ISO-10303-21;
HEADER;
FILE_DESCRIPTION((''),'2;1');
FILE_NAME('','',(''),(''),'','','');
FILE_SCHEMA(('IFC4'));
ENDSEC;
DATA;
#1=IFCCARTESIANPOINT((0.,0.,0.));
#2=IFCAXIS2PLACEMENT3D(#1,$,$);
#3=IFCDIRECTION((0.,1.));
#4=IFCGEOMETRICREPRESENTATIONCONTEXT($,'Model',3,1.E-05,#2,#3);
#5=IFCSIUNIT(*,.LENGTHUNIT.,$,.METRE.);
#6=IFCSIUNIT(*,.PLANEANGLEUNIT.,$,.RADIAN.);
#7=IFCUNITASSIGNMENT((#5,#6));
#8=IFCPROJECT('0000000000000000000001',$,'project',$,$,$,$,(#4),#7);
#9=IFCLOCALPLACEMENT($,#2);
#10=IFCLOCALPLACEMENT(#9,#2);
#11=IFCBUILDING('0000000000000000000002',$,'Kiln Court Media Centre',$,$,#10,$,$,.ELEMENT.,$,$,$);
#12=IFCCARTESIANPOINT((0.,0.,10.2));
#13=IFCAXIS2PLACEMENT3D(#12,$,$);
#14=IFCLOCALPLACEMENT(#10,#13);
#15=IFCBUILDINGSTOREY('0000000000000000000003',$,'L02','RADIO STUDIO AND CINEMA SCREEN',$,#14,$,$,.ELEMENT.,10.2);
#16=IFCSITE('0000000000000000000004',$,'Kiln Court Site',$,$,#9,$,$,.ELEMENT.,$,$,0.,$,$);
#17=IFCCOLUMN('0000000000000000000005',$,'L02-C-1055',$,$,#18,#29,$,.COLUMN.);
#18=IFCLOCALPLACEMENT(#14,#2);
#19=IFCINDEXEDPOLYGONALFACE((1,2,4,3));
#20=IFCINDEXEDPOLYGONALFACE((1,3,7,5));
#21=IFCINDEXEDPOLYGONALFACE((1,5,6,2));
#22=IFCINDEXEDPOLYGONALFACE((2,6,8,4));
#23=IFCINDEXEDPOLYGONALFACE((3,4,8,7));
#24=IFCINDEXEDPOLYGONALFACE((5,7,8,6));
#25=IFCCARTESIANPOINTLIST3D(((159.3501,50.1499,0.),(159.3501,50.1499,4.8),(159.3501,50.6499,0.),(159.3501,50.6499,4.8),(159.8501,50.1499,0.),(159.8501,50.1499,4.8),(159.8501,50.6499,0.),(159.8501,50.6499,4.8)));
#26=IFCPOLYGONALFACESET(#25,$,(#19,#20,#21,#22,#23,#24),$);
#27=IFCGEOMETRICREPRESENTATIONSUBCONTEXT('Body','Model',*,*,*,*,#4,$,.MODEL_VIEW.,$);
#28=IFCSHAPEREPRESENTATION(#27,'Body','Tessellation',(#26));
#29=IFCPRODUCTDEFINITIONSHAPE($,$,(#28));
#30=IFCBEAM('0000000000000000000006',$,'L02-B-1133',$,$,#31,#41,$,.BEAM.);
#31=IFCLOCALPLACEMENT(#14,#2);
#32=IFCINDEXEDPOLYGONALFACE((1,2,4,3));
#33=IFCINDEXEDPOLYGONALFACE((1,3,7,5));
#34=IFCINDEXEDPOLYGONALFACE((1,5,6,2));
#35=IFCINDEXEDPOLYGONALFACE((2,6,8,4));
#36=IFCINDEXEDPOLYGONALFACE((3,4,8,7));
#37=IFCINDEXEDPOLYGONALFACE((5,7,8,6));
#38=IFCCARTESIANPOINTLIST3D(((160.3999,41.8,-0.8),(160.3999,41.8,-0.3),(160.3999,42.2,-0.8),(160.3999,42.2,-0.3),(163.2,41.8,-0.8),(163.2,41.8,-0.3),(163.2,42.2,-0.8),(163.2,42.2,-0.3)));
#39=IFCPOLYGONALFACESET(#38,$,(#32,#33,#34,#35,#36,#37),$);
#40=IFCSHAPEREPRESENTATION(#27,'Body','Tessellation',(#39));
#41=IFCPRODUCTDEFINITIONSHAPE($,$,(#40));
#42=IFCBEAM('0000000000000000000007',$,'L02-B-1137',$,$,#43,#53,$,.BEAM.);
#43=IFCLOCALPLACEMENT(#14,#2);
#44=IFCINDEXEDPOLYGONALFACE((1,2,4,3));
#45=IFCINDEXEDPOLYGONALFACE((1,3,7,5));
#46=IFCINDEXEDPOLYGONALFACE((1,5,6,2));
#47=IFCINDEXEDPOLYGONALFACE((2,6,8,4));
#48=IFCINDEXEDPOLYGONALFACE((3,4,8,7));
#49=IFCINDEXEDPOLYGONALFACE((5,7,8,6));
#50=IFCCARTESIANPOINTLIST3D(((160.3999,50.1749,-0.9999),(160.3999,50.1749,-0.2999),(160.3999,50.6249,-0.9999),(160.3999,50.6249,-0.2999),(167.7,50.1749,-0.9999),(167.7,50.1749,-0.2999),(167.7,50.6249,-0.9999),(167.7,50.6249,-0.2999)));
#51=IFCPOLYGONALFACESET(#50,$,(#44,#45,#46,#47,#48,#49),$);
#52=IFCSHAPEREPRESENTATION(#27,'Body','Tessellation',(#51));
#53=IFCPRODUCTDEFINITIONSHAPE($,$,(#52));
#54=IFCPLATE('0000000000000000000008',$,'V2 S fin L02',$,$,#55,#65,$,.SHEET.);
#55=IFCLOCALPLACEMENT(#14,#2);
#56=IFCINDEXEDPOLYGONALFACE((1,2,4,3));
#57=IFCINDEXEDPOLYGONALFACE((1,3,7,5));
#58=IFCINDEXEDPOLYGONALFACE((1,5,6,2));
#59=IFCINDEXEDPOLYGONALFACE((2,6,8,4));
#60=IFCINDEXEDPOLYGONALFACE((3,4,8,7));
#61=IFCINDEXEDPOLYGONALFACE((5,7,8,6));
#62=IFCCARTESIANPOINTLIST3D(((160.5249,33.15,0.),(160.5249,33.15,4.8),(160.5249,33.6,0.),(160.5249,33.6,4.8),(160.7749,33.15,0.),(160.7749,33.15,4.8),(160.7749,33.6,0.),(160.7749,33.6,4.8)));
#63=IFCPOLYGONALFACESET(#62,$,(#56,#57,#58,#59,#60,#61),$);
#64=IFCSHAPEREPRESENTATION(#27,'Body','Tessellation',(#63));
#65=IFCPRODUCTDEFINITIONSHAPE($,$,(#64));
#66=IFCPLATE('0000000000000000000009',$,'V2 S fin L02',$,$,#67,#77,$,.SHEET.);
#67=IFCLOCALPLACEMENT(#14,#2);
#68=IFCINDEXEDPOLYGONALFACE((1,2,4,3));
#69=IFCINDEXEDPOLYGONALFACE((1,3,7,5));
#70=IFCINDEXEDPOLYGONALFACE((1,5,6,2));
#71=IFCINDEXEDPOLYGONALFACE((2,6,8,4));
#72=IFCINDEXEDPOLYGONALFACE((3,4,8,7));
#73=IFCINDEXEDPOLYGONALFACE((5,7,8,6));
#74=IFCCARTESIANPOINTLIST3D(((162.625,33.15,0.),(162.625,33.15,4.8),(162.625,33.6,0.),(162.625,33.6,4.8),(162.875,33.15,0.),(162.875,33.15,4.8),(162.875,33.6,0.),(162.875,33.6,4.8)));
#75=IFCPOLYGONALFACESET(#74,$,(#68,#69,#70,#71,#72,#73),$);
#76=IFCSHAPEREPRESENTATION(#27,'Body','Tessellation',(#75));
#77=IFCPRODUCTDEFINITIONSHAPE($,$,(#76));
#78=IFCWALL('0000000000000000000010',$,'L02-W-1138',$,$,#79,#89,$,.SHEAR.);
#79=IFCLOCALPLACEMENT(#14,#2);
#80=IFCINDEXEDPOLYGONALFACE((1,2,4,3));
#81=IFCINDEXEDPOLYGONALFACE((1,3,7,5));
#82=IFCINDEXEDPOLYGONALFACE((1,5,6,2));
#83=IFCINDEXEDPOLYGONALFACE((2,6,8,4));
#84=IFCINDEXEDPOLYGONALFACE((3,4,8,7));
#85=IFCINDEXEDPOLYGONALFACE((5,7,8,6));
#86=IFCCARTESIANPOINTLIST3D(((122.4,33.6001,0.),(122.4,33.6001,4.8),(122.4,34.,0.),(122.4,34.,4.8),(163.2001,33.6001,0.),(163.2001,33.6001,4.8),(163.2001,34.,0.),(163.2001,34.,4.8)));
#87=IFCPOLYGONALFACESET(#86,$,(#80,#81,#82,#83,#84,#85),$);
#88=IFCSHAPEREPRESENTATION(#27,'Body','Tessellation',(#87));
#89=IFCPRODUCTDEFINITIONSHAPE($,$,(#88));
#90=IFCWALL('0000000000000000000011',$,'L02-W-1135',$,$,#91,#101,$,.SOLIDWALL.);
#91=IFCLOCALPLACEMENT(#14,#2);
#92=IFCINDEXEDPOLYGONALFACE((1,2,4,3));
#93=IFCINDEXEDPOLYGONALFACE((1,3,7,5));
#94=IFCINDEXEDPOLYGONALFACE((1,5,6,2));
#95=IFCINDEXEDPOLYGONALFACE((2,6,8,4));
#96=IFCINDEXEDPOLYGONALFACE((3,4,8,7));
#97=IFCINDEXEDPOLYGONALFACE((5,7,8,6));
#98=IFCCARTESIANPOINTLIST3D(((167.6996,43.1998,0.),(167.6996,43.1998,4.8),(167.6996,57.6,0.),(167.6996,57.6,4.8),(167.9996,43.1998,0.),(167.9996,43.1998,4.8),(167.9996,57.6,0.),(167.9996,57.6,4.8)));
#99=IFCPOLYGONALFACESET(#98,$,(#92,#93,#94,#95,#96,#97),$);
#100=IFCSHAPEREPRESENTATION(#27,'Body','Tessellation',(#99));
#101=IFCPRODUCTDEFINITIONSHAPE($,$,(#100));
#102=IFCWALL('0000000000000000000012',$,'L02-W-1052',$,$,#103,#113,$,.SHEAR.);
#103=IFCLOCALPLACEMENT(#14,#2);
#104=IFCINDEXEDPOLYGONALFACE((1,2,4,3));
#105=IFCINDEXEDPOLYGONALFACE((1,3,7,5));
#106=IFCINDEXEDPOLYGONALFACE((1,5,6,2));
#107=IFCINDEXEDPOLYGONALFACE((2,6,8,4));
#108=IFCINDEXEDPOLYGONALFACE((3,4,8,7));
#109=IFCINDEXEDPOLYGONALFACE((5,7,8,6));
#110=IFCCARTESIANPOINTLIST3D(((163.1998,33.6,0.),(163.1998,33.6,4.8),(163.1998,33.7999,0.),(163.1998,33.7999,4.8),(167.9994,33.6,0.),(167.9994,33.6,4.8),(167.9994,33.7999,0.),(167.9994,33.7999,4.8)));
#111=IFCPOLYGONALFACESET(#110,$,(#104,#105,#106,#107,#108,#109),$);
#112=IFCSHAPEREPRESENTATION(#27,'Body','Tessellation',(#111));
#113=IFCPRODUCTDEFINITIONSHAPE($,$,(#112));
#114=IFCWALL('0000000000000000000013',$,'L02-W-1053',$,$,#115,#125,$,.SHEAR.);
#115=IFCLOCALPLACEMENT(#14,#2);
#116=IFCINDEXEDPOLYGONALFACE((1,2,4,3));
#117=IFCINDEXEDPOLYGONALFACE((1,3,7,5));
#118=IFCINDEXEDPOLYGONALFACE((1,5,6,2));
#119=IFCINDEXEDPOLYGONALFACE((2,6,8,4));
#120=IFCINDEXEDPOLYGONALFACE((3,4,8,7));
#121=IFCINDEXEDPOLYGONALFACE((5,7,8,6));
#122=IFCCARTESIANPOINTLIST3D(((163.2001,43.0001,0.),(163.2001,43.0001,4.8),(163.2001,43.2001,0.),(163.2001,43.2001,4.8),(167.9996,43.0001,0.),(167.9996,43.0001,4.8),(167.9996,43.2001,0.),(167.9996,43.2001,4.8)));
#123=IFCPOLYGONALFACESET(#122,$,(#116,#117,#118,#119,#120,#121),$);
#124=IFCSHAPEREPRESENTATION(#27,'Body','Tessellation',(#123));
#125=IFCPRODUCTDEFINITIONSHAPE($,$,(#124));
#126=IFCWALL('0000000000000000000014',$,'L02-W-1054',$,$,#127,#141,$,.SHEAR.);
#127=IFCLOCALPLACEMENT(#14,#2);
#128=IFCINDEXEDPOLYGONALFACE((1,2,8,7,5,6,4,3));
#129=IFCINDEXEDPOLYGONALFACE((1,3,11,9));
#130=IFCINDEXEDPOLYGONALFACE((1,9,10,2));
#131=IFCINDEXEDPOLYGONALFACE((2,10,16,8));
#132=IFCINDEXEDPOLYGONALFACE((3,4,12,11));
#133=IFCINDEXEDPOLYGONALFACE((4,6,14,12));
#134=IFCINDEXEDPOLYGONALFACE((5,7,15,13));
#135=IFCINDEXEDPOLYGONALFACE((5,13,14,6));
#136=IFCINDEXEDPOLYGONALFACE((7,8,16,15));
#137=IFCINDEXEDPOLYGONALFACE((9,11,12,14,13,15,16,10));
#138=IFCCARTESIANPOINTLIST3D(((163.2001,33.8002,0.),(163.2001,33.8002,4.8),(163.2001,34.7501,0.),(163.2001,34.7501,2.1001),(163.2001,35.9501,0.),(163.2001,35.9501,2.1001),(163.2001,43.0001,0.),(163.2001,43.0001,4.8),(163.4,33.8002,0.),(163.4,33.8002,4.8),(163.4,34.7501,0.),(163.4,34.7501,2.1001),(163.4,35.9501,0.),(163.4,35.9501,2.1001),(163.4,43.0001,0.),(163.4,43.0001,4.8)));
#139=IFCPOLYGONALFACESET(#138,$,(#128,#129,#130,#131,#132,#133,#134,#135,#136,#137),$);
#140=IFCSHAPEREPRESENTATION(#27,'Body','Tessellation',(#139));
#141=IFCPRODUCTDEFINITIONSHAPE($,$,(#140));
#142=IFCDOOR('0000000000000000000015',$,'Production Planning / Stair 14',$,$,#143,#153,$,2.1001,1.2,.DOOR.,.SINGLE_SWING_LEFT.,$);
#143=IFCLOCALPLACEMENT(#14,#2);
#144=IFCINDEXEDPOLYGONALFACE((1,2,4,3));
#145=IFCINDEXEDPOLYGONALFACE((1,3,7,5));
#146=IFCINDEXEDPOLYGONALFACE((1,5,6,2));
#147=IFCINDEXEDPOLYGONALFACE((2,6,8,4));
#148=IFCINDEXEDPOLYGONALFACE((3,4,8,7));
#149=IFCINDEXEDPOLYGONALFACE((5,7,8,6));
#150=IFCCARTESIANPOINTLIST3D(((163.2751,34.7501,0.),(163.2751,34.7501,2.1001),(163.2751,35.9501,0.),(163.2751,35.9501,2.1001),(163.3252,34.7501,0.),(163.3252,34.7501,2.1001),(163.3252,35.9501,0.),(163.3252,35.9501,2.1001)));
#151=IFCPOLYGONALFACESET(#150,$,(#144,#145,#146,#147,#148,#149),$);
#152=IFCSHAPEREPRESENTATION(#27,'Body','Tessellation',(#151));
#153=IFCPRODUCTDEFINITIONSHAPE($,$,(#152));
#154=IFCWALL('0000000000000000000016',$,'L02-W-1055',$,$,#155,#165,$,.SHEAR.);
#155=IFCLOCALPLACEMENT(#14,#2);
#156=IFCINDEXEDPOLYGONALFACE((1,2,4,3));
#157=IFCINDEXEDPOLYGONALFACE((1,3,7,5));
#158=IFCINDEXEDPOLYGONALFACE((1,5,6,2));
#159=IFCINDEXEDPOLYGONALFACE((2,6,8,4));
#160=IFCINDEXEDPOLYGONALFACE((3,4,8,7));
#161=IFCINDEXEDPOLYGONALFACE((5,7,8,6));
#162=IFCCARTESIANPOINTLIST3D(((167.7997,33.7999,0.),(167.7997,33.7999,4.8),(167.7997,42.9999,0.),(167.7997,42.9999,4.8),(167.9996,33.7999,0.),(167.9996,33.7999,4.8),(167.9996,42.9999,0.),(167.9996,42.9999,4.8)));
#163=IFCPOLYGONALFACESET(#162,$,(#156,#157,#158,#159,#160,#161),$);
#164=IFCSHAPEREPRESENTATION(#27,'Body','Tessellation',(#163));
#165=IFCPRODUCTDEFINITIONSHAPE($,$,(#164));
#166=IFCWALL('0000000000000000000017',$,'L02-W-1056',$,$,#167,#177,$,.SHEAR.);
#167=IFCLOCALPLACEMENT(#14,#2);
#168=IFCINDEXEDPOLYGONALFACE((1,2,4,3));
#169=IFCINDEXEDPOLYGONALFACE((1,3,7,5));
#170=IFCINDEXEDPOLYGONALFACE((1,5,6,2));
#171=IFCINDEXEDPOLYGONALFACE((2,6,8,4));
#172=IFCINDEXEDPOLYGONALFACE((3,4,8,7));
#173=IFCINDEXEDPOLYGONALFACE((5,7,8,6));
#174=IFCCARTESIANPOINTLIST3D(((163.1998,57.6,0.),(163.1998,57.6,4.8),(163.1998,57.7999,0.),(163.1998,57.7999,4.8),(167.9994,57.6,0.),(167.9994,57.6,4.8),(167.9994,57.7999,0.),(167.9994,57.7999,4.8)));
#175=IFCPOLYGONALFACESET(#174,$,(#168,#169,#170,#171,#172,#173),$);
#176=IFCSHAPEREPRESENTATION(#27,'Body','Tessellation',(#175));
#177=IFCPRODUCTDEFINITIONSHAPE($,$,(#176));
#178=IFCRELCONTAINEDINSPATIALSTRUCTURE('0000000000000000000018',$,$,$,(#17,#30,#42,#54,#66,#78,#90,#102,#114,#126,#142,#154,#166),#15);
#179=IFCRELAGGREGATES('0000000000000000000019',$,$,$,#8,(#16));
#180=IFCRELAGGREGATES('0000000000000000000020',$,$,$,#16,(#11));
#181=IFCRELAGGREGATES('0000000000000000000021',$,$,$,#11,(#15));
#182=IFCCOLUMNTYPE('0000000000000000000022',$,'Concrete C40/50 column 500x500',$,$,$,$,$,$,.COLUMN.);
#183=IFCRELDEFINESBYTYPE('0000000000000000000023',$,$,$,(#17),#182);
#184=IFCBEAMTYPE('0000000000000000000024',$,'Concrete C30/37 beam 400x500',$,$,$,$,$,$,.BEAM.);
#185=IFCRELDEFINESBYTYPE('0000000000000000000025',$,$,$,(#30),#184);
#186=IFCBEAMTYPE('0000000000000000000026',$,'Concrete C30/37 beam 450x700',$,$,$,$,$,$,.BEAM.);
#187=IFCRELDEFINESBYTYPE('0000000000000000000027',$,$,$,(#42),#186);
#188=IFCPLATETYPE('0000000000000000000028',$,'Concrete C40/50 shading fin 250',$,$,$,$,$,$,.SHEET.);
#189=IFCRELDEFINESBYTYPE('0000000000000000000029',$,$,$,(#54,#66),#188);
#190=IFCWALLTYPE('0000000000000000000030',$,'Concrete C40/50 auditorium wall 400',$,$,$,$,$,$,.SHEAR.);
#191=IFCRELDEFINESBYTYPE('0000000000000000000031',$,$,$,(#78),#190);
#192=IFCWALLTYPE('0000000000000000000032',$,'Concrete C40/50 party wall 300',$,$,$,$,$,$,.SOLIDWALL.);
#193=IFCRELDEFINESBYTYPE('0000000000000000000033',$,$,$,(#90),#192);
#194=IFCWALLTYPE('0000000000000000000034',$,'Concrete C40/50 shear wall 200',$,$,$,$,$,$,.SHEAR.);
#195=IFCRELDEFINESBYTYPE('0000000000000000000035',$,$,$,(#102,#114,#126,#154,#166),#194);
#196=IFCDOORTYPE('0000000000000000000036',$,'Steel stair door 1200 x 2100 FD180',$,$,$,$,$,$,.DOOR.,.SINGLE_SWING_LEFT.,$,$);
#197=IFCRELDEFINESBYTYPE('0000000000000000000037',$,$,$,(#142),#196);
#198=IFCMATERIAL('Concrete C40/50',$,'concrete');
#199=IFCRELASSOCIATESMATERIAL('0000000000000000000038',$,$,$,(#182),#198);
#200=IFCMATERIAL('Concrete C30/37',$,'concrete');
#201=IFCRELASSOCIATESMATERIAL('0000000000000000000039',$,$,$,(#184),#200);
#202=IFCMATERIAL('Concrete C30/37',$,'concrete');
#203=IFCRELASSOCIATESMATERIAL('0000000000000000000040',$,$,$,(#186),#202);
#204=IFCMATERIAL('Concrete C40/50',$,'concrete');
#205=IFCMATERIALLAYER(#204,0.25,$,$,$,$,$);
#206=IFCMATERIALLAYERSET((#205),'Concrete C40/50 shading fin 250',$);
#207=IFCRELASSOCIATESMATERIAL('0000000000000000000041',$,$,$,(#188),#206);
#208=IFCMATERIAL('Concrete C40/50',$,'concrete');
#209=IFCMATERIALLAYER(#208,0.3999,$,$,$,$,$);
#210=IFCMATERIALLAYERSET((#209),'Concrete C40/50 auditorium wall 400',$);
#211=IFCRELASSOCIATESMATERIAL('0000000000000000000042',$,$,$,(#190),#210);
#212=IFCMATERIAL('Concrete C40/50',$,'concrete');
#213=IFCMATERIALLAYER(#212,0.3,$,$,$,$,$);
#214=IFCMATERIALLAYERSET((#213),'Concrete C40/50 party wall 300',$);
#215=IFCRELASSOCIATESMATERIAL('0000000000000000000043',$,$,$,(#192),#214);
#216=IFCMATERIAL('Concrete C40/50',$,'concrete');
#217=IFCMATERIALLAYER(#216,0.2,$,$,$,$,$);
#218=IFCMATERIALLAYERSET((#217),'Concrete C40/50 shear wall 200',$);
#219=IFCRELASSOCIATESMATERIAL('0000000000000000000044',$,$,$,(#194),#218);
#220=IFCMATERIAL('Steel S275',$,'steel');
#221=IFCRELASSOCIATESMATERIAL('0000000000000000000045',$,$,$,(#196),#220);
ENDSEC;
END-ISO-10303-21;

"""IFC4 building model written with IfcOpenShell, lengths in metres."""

from ifc_helpers import new_model, si_unit, direction, frame, frame_2d, origin, origin_2d, place, context, subcontext, project, spatial, rectangle, extrude, material, layer, layer_set, material_profile, profile_set, type_object, element, fill, save


model = new_model("IFC4")

# Units and contexts
model_context = context("Model", 3, precision=1e-05, world=origin(), true_north=direction((0.0, 1.0)))
body_context = subcontext(model_context, "Body", "Model", "MODEL_VIEW")
ifc_project = project(units=[si_unit("LENGTHUNIT", "METRE"), si_unit("PLANEANGLEUNIT", "RADIAN")], contexts=[model_context])

# Site, building, storey
site_placement = place(None, origin())
site = spatial("IfcSite", under=ifc_project, at=site_placement, Name="Kiln Court Site", CompositionType="ELEMENT", RefElevation=0.0)
building_placement = place(site_placement, origin())
building = spatial("IfcBuilding", under=site, at=building_placement, Name="Kiln Court Media Centre", CompositionType="ELEMENT")
storey_placement = place(building_placement, frame((0.0, 0.0, 10.2)))
storey = spatial("IfcBuildingStorey", under=building, at=storey_placement, Name="L02", Description="RADIO STUDIO AND CINEMA SCREEN", CompositionType="ELEMENT", Elevation=10.2)

# Column
ifc_material_1 = material(Name="Concrete C40/50", Category="concrete")
ifc_material_profile_1 = material_profile(ifc_material_1, rectangle(XDim=0.5, YDim=0.5, at=origin_2d()), Name="RC 500x500")
ifc_profile_set_1 = profile_set([ifc_material_profile_1], Name="Concrete C40/50")
column_type = type_object("IfcColumnType", Name="Concrete C40/50 column 500x500", PredefinedType="COLUMN", material=ifc_profile_set_1)
column_placement = place(storey_placement, frame((159.6001, 50.3999, 0.0), z_axis=(0.0, 0.0, 1.0), x_axis=(1.0, 0.0, 0.0)))
element("IfcColumn", 1, at=column_placement, inside=storey, type_object=column_type, Name="L02-C-1055", PredefinedType="COLUMN", context=body_context, shape_type="SweptSolid", body=[
    extrude(rectangle(XDim=0.5, YDim=0.5, at=origin_2d()), origin(), (0.0, 0.0, 1.0), 4.8),
])

# Beams
ifc_material_2 = material(Name="Concrete C30/37", Category="concrete")
ifc_material_profile_2 = material_profile(ifc_material_2, rectangle(XDim=0.3999, YDim=0.5, at=origin_2d()), Name="RC 400x500")
ifc_profile_set_2 = profile_set([ifc_material_profile_2], Name="Concrete C30/37")
beam_type_1 = type_object("IfcBeamType", Name="Concrete C30/37 beam 400x500", PredefinedType="BEAM", material=ifc_profile_set_2)
beam_1_placement = place(storey_placement, frame((160.3999, 42.0, -0.55), z_axis=(1.0, 0.0, 0.0), x_axis=(0.0, 1.0, 0.0)))
element("IfcBeam", 2, at=beam_1_placement, inside=storey, type_object=beam_type_1, Name="L02-B-1133", PredefinedType="BEAM", context=body_context, shape_type="SweptSolid", body=[
    extrude(rectangle(XDim=0.3999, YDim=0.5, at=origin_2d()), origin(), (0.0, 0.0, 1.0), 2.8),
])
ifc_material_3 = material(Name="Concrete C30/37", Category="concrete")
ifc_material_profile_3 = material_profile(ifc_material_3, rectangle(XDim=0.45, YDim=0.7, at=origin_2d()), Name="RC 450x700")
ifc_profile_set_3 = profile_set([ifc_material_profile_3], Name="Concrete C30/37")
beam_type_2 = type_object("IfcBeamType", Name="Concrete C30/37 beam 450x700", PredefinedType="BEAM", material=ifc_profile_set_3)
beam_2_placement = place(storey_placement, frame((160.3999, 50.3999, -0.6499), z_axis=(1.0, 0.0, 0.0), x_axis=(0.0, 1.0, 0.0)))
element("IfcBeam", 3, at=beam_2_placement, inside=storey, type_object=beam_type_2, Name="L02-B-1137", PredefinedType="BEAM", context=body_context, shape_type="SweptSolid", body=[
    extrude(rectangle(XDim=0.45, YDim=0.7, at=origin_2d()), origin(), (0.0, 0.0, 1.0), 7.3),
])

# Plates
ifc_material_4 = material(Name="Concrete C40/50", Category="concrete")
ifc_layer_1 = layer(ifc_material_4, 0.25)
ifc_layer_set_1 = layer_set([ifc_layer_1], Name="Concrete C40/50 shading fin 250")
plate_type = type_object("IfcPlateType", Name="Concrete C40/50 shading fin 250", PredefinedType="SHEET", material=ifc_layer_set_1)
for number, where, z_axis, x_axis, name in (
    (4, (160.6499, 33.375, 0.0), (0.0, 0.0, 1.0), (1.0, 0.0, 0.0), "V2 S fin L02"),
    (5, (162.75, 33.375, 0.0), (0.0, 0.0, 1.0), (1.0, 0.0, 0.0), "V2 S fin L02"),
):
    element("IfcPlate", number, at=place(storey_placement, frame(where, z_axis=z_axis, x_axis=x_axis)), inside=storey, type_object=plate_type, Name=name, PredefinedType="SHEET", context=body_context, shape_type="SweptSolid", body=[
        extrude(rectangle(XDim=0.25, YDim=0.45, at=origin_2d()), origin(), (0.0, 0.0, 1.0), 4.8),
    ])

# Walls
ifc_material_5 = material(Name="Concrete C40/50", Category="concrete")
ifc_layer_2 = layer(ifc_material_5, 0.3999)
ifc_layer_set_2 = layer_set([ifc_layer_2], Name="Concrete C40/50 auditorium wall 400")
wall_type_1 = type_object("IfcWallType", Name="Concrete C40/50 auditorium wall 400", PredefinedType="SHEAR", material=ifc_layer_set_2)
wall_1_placement = place(storey_placement, frame((163.2, 33.8, 0.0), z_axis=(0.0, 0.0, 1.0), x_axis=(-1.0, 0.0, 0.0)))
element("IfcWall", 6, at=wall_1_placement, inside=storey, type_object=wall_type_1, Name="L02-W-1138", PredefinedType="SHEAR", context=body_context, shape_type="SweptSolid", body=[
    extrude(rectangle(XDim=40.8, YDim=0.3999, at=frame_2d((20.3999, 0.0))), origin(), (0.0, 0.0, 1.0), 4.8),
])
ifc_material_6 = material(Name="Concrete C40/50", Category="concrete")
ifc_layer_3 = layer(ifc_material_6, 0.3)
ifc_layer_set_3 = layer_set([ifc_layer_3], Name="Concrete C40/50 party wall 300")
wall_type_2 = type_object("IfcWallType", Name="Concrete C40/50 party wall 300", PredefinedType="SOLIDWALL", material=ifc_layer_set_3)
wall_2_placement = place(storey_placement, frame((167.8496, 57.6001, 0.0), z_axis=(0.0, 0.0, 1.0), x_axis=(0.0, -1.0, 0.0)))
element("IfcWall", 7, at=wall_2_placement, inside=storey, type_object=wall_type_2, Name="L02-W-1135", PredefinedType="SOLIDWALL", context=body_context, shape_type="SweptSolid", body=[
    extrude(rectangle(XDim=14.4001, YDim=0.3, at=frame_2d((7.2002, 0.0))), origin(), (0.0, 0.0, 1.0), 4.8),
])
ifc_material_7 = material(Name="Concrete C40/50", Category="concrete")
ifc_layer_4 = layer(ifc_material_7, 0.2)
ifc_layer_set_4 = layer_set([ifc_layer_4], Name="Concrete C40/50 shear wall 200")
wall_type_3 = type_object("IfcWallType", Name="Concrete C40/50 shear wall 200", PredefinedType="SHEAR", material=ifc_layer_set_4)
for number, where, z_axis, x_axis, name in (
    (8, (167.9995, 33.7, 0.0), (0.0, 0.0, 1.0), (-1.0, 0.0, 0.0), "L02-W-1052"),
    (9, (163.2, 43.1001, 0.0), (0.0, 0.0, 1.0), (1.0, 0.0, 0.0), "L02-W-1053"),
):
    element("IfcWall", number, at=place(storey_placement, frame(where, z_axis=z_axis, x_axis=x_axis)), inside=storey, type_object=wall_type_3, Name=name, PredefinedType="SHEAR", context=body_context, shape_type="SweptSolid", body=[
        extrude(rectangle(XDim=4.7996, YDim=0.2, at=frame_2d((2.3999, 0.0))), origin(), (0.0, 0.0, 1.0), 4.8),
    ])

# Wall, opening, door
wall_3_placement = place(storey_placement, frame((163.3, 33.8, 0.0), z_axis=(0.0, 0.0, 1.0), x_axis=(0.0, 1.0, 0.0)))
wall_3 = element("IfcWall", 10, at=wall_3_placement, inside=storey, type_object=wall_type_3, Name="L02-W-1054", PredefinedType="SHEAR", context=body_context, shape_type="SweptSolid", body=[
    extrude(rectangle(XDim=9.2, YDim=0.2, at=frame_2d((4.6001, 0.0))), origin(), (0.0, 0.0, 1.0), 4.8),
])
opening_1_placement = place(wall_3_placement, frame((0.95, 0.0, 0.0)))
opening_1 = element("IfcOpeningElement", 11, at=opening_1_placement, cuts=wall_3, PredefinedType="OPENING", context=body_context, shape_type="SweptSolid", body=[
    extrude(rectangle(XDim=1.2, YDim=2.1001, at=frame_2d((0.6001, 1.05))), frame((0.0, 0.1099, 0.0), z_axis=(0.0, -1.0, 0.0), x_axis=(1.0, 0.0, 0.0)), (0.0, 0.0, 1.0), 0.22),
])
ifc_material_8 = material(Name="Steel S275", Category="steel")
door_type_1 = type_object("IfcDoorType", Name="Steel stair door 1200 x 2100 FD180", OperationType="SINGLE_SWING_LEFT", PredefinedType="DOOR", material=ifc_material_8)
door_1_placement = place(opening_1_placement, origin())
door_1 = element("IfcDoor", 12, at=door_1_placement, inside=storey, type_object=door_type_1, Name="Production Planning / Stair 14", OperationType="SINGLE_SWING_LEFT", OverallHeight=2.1001, OverallWidth=1.2, PredefinedType="DOOR", context=body_context, shape_type="SweptSolid", body=[
    extrude(rectangle(XDim=1.2, YDim=2.1001, at=frame_2d((0.6001, 1.05))), frame((0.0, 0.0249, 0.0), z_axis=(0.0, -1.0, 0.0), x_axis=(1.0, 0.0, 0.0)), (0.0, 0.0, 1.0), 0.05),
])
fill(opening_1, door_1)

# Walls
wall_4_placement = place(storey_placement, frame((167.8997, 43.0, 0.0), z_axis=(0.0, 0.0, 1.0), x_axis=(0.0, -1.0, 0.0)))
element("IfcWall", 13, at=wall_4_placement, inside=storey, type_object=wall_type_3, Name="L02-W-1055", PredefinedType="SHEAR", context=body_context, shape_type="SweptSolid", body=[
    extrude(rectangle(XDim=9.2, YDim=0.2, at=frame_2d((4.6001, 0.0))), origin(), (0.0, 0.0, 1.0), 4.8),
])
wall_5_placement = place(storey_placement, frame((167.9995, 57.7, 0.0), z_axis=(0.0, 0.0, 1.0), x_axis=(-1.0, 0.0, 0.0)))
element("IfcWall", 14, at=wall_5_placement, inside=storey, type_object=wall_type_3, Name="L02-W-1056", PredefinedType="SHEAR", context=body_context, shape_type="SweptSolid", body=[
    extrude(rectangle(XDim=4.7996, YDim=0.2, at=frame_2d((2.3999, 0.0))), origin(), (0.0, 0.0, 1.0), 4.8),
])

save(model, "model.ifc")
